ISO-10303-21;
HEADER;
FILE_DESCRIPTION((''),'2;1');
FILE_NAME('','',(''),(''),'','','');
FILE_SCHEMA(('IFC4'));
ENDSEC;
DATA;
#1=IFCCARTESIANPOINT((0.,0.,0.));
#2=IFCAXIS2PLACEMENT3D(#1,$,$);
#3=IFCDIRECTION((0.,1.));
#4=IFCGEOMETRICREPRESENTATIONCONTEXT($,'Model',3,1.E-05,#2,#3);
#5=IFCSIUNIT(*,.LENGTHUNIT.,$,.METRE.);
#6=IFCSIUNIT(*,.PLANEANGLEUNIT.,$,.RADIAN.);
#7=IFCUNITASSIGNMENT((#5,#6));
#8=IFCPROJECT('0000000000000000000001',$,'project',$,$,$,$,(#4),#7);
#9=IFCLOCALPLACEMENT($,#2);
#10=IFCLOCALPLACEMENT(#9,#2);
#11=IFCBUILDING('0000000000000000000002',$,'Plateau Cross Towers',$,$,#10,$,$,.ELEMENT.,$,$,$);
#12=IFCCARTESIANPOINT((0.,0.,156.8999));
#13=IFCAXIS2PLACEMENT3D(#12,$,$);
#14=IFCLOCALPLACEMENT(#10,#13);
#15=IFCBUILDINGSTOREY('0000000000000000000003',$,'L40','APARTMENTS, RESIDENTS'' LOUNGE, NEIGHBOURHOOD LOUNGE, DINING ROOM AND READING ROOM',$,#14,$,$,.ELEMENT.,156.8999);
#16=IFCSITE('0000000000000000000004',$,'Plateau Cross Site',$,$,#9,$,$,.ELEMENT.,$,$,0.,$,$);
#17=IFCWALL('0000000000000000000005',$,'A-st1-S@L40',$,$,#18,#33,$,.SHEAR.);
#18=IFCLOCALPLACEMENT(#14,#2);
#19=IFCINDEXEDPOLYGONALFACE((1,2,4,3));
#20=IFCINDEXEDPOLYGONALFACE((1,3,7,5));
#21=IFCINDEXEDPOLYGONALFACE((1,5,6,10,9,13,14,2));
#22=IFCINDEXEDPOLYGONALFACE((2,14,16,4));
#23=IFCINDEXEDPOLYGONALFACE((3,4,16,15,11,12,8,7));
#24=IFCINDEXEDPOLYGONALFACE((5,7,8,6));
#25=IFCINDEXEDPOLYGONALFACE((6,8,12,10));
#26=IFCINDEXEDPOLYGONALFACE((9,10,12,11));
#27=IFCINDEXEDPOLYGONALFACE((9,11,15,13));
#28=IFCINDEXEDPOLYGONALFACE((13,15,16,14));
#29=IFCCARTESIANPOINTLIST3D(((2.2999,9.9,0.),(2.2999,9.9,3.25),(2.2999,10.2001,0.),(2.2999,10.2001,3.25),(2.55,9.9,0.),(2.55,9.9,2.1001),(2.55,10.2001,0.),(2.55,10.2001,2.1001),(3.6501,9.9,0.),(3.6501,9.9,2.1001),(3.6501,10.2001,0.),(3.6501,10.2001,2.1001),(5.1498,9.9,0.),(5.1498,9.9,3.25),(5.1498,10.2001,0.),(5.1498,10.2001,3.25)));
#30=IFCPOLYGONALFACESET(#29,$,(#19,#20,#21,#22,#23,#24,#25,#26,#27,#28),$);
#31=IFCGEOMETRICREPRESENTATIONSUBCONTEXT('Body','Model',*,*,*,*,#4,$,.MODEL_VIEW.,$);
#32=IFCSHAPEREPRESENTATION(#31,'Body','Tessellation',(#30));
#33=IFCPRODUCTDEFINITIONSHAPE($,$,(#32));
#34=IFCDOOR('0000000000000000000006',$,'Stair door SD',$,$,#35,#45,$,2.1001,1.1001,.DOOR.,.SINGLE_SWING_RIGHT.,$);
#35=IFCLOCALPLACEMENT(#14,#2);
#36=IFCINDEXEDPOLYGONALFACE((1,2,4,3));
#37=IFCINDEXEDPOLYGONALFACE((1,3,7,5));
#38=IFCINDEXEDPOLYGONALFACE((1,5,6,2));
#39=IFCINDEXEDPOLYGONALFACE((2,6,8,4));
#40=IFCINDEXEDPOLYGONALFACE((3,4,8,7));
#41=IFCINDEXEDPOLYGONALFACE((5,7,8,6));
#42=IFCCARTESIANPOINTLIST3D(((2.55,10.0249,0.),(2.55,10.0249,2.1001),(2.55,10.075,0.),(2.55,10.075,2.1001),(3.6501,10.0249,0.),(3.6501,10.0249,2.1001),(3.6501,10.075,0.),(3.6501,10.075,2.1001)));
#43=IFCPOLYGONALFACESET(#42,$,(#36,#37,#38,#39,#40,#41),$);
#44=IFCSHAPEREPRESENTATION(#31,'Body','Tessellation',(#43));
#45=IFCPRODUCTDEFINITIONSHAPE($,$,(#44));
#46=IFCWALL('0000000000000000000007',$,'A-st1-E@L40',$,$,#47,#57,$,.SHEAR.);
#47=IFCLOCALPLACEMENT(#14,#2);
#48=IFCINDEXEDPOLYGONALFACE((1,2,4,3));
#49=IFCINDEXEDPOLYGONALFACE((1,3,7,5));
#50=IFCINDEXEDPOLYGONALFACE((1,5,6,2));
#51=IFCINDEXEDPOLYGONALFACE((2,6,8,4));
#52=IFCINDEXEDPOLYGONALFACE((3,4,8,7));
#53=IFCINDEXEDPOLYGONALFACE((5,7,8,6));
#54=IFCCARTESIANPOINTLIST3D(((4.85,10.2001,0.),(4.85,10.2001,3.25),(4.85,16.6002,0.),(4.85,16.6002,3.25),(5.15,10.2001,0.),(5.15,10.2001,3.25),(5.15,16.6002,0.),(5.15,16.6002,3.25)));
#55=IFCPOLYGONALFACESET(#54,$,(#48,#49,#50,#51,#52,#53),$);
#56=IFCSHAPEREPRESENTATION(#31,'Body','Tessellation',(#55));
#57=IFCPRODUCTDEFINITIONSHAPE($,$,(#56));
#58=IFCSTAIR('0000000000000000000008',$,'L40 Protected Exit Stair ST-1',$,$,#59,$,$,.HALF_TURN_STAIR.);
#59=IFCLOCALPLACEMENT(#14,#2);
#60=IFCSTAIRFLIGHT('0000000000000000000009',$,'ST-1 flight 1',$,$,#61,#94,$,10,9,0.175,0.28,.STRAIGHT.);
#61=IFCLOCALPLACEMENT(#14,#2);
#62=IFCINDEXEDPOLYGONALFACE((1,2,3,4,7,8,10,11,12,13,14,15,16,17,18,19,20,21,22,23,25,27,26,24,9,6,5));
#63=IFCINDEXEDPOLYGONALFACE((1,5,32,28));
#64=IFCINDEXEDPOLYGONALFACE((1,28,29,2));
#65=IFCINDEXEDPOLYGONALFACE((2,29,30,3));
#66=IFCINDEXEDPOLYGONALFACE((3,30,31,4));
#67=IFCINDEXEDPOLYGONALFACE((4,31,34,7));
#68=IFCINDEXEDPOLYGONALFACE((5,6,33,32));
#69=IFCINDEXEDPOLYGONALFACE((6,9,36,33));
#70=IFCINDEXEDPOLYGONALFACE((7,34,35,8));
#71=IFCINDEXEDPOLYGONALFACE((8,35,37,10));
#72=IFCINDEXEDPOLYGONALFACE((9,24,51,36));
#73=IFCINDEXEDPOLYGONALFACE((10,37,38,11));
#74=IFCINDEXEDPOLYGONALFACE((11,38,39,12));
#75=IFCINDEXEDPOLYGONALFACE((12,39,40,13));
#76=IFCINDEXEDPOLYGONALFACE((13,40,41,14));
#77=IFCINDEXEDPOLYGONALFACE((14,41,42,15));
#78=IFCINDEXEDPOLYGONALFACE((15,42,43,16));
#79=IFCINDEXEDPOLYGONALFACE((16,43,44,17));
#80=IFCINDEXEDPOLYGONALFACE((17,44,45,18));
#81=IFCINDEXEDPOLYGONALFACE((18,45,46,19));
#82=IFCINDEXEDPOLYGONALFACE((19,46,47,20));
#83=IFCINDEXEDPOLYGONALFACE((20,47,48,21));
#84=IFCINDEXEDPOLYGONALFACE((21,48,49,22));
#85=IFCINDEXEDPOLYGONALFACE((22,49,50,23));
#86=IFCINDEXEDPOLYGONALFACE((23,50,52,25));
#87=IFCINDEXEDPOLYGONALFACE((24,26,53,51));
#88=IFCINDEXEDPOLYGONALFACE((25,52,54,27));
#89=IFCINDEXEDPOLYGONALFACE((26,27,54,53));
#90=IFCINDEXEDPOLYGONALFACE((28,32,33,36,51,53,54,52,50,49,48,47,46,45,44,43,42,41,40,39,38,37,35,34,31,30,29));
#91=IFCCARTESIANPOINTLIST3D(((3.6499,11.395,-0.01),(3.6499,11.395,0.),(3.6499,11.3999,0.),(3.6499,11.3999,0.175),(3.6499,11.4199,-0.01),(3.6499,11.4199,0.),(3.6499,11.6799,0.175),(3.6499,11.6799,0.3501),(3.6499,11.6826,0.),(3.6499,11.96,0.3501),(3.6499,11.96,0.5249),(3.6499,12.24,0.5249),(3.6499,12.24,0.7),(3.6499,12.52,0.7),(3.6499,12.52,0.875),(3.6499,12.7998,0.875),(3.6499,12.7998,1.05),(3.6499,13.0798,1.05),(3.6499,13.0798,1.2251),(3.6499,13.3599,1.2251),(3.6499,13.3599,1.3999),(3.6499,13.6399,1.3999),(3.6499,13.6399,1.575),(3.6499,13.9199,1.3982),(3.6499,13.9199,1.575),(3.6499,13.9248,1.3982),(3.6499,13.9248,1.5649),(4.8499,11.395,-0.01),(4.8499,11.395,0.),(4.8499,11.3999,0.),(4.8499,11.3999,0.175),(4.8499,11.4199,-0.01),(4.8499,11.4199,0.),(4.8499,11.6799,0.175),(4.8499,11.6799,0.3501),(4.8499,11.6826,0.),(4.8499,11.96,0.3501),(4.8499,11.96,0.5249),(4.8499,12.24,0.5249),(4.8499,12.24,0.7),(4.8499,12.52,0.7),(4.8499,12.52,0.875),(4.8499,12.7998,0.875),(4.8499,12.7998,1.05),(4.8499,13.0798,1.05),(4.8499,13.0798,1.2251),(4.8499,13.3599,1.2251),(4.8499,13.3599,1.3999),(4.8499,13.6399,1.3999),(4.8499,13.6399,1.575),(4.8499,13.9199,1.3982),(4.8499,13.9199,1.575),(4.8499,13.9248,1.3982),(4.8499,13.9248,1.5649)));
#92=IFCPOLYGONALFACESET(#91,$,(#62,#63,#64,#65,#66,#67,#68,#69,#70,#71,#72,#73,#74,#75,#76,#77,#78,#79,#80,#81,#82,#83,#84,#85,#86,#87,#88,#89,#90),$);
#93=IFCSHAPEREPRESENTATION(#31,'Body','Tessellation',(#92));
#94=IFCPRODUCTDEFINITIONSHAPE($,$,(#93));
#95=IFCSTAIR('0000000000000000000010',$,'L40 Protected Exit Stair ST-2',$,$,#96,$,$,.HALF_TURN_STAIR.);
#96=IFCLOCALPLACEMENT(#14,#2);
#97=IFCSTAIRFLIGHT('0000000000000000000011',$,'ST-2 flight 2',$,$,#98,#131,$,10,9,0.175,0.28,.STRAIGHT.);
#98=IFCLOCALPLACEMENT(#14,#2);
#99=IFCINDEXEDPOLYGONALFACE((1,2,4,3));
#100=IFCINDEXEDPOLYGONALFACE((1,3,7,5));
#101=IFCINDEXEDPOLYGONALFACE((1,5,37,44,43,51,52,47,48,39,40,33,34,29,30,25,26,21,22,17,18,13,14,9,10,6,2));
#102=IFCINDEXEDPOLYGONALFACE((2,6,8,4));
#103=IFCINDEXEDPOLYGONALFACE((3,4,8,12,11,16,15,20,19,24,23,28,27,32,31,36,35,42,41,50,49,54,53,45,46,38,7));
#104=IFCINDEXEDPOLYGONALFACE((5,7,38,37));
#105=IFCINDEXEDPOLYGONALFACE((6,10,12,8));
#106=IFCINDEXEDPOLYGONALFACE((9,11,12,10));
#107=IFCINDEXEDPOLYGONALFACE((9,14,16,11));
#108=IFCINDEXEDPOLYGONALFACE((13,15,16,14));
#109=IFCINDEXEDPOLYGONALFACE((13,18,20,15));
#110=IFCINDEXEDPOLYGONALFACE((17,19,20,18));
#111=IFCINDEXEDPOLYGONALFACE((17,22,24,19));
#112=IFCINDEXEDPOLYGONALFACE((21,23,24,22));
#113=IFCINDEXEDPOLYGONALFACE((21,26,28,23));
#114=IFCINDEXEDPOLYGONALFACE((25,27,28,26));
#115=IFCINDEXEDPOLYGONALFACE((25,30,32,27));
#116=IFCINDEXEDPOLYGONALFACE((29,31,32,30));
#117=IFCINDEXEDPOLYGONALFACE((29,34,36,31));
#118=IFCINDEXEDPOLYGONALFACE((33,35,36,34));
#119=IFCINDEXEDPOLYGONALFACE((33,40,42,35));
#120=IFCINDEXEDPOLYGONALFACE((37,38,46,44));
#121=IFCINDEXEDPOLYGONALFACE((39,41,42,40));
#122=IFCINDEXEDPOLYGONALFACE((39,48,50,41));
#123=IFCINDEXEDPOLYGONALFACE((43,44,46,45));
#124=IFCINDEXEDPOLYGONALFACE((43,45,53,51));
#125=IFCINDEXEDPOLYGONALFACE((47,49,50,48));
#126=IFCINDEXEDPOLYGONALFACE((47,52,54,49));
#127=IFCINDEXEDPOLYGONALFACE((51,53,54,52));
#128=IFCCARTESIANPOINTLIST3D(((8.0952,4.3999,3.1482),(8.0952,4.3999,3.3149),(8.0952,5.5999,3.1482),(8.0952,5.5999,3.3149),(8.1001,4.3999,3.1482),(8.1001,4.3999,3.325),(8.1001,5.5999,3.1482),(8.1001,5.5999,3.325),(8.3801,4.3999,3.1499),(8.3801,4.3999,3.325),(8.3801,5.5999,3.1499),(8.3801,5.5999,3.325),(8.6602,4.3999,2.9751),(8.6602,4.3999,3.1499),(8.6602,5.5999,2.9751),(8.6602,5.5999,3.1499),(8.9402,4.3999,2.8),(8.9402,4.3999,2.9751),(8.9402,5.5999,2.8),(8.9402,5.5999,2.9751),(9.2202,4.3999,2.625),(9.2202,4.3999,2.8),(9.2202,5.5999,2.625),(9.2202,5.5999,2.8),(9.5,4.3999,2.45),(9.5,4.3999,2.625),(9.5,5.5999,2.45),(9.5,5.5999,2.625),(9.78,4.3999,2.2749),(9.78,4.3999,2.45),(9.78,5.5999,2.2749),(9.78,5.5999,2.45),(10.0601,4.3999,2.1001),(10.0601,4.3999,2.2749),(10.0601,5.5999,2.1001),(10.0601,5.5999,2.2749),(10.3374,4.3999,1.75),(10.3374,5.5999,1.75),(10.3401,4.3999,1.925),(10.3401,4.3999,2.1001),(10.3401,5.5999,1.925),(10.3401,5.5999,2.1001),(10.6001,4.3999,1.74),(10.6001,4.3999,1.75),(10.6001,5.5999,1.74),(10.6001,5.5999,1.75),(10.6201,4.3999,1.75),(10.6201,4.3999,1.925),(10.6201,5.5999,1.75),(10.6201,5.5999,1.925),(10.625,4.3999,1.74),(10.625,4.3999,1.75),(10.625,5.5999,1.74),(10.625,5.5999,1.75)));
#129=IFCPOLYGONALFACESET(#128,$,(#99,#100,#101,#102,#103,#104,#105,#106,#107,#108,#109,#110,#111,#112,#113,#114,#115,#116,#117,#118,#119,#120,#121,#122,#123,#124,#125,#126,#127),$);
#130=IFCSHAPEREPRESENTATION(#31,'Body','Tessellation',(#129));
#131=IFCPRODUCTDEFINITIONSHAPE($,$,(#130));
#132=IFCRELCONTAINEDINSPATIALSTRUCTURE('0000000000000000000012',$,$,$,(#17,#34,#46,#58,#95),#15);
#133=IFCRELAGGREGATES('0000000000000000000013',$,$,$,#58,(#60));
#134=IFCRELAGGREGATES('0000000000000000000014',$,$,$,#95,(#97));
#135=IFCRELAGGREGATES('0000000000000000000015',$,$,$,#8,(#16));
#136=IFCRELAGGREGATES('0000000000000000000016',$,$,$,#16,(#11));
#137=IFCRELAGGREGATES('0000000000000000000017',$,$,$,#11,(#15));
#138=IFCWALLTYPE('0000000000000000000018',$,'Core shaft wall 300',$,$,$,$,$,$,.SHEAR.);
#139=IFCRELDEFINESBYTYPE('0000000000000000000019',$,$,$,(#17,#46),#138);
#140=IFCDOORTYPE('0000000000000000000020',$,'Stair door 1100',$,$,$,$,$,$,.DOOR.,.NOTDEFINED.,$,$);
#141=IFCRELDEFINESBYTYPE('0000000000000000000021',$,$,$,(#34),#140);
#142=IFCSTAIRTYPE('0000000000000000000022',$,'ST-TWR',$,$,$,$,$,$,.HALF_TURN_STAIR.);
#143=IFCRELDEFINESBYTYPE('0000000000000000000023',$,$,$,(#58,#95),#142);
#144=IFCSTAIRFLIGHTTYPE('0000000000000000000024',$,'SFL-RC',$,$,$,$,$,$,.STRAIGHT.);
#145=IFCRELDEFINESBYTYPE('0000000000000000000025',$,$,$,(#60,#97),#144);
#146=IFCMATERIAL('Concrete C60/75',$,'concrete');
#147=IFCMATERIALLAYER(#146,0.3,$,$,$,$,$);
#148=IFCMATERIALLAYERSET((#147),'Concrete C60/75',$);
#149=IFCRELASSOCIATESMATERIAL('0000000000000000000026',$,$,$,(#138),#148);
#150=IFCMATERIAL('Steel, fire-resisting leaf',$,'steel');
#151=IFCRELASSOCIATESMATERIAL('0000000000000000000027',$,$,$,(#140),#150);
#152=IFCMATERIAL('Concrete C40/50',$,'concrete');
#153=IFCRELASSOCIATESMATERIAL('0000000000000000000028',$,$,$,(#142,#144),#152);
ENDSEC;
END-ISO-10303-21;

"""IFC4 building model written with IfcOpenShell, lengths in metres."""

from ifc_helpers import new_model, si_unit, direction, frame, frame_2d, origin, place, context, subcontext, project, spatial, polyline, rectangle, outline, extrude, material, layer, layer_set, type_object, element, fill, aggregate, save


model = new_model("IFC4")

# Units and contexts
model_context = context("Model", 3, precision=1e-05, world=origin(), true_north=direction((0.0, 1.0)))
body_context = subcontext(model_context, "Body", "Model", "MODEL_VIEW")
ifc_project = project(units=[si_unit("LENGTHUNIT", "METRE"), si_unit("PLANEANGLEUNIT", "RADIAN")], contexts=[model_context])

# Site, building, storey
site_placement = place(None, origin())
site = spatial("IfcSite", under=ifc_project, at=site_placement, Name="Plateau Cross Site", CompositionType="ELEMENT", RefElevation=0.0)
building_placement = place(site_placement, origin())
building = spatial("IfcBuilding", under=site, at=building_placement, Name="Plateau Cross Towers", CompositionType="ELEMENT")
storey_placement = place(building_placement, frame((0.0, 0.0, 156.8999)))
storey = spatial("IfcBuildingStorey", under=building, at=storey_placement, Name="L40", Description="APARTMENTS, RESIDENTS' LOUNGE, NEIGHBOURHOOD LOUNGE, DINING ROOM AND READING ROOM", CompositionType="ELEMENT", Elevation=156.8999)

# Shared definitions
ifc_material_1 = material(Name="Steel, fire-resisting leaf", Category="steel")

# Shared definitions
ifc_material_2 = material(Name="Concrete C60/75", Category="concrete")
ifc_layer_1 = layer(ifc_material_2, 0.3)
ifc_layer_set_1 = layer_set([ifc_layer_1], Name="Concrete C60/75")
wall_type_1 = type_object("IfcWallType", Name="Core shaft wall 300", PredefinedType="SHEAR", material=ifc_layer_set_1)
door_type_1 = type_object("IfcDoorType", Name="Stair door 1100", OperationType="NOTDEFINED", PredefinedType="DOOR", material=ifc_material_1)

# Wall, opening, door
wall_1_placement = place(storey_placement, frame((2.3, 10.05, 0.0), z_axis=(0.0, 0.0, 1.0), x_axis=(1.0, 0.0, 0.0)))
wall_1 = element("IfcWall", 1, at=wall_1_placement, inside=storey, type_object=wall_type_1, Name="A-st1-S@L40", PredefinedType="SHEAR", context=body_context, shape_type="SweptSolid", body=[
    extrude(rectangle(XDim=2.8499, YDim=0.3, at=frame_2d((1.4248, 0.0))), origin(), (0.0, 0.0, 1.0), 3.25),
])
opening_1_placement = place(wall_1_placement, frame((0.25, 0.0, 0.0)))
opening_1 = element("IfcOpeningElement", 2, at=opening_1_placement, cuts=wall_1, PredefinedType="OPENING", context=body_context, shape_type="SweptSolid", body=[
    extrude(rectangle(XDim=1.1001, YDim=2.1001, at=frame_2d((0.55, 1.05))), frame((0.0, 0.1599, 0.0), z_axis=(0.0, -1.0, 0.0), x_axis=(1.0, 0.0, 0.0)), (0.0, 0.0, 1.0), 0.3201),
])
door_1_placement = place(opening_1_placement, origin())
door_1 = element("IfcDoor", 3, at=door_1_placement, inside=storey, type_object=door_type_1, Name="Stair door SD", OperationType="SINGLE_SWING_RIGHT", OverallHeight=2.1001, OverallWidth=1.1001, PredefinedType="DOOR", context=body_context, shape_type="SweptSolid", body=[
    extrude(rectangle(XDim=1.1001, YDim=2.1001, at=frame_2d((0.55, 1.05))), frame((0.0, 0.0249, 0.0), z_axis=(0.0, -1.0, 0.0), x_axis=(1.0, 0.0, 0.0)), (0.0, 0.0, 1.0), 0.05),
])
fill(opening_1, door_1)

# Wall
wall_2_placement = place(storey_placement, frame((5.0, 10.2, 0.0), z_axis=(0.0, 0.0, 1.0), x_axis=(0.0, 1.0, 0.0)))
element("IfcWall", 4, at=wall_2_placement, inside=storey, type_object=wall_type_1, Name="A-st1-E@L40", PredefinedType="SHEAR", context=body_context, shape_type="SweptSolid", body=[
    extrude(rectangle(XDim=6.4001, YDim=0.3, at=frame_2d((3.2002, 0.0))), origin(), (0.0, 0.0, 1.0), 3.25),
])

# Stairs, stair flights
ifc_material_3 = material(Name="Concrete C40/50", Category="concrete")
stair_type = type_object("IfcStairType", Name="ST-TWR", PredefinedType="HALF_TURN_STAIR", material=ifc_material_3)
stair_1_placement = place(storey_placement, origin())
stair_1 = element("IfcStair", 5, at=stair_1_placement, inside=storey, type_object=stair_type, Name="L40 Protected Exit Stair ST-1", PredefinedType="HALF_TURN_STAIR")
stair_flight_type = type_object("IfcStairFlightType", Name="SFL-RC", PredefinedType="STRAIGHT", material=ifc_material_3)
stair_flight_1_placement = place(storey_placement, frame((4.25, 11.3999, 0.0), z_axis=(0.0, 0.0, 1.0), x_axis=(0.0, 1.0, 0.0)))
stair_flight_1 = element("IfcStairFlight", 6, at=stair_flight_1_placement, type_object=stair_flight_type, Name="ST-1 flight 1", NumberOfRisers=10, NumberOfTreads=9, PredefinedType="STRAIGHT", RiserHeight=0.175, TreadLength=0.28, context=body_context, shape_type="SweptSolid", body=[
    extrude(outline(polyline([(-0.0049, -0.01), (-0.0049, 0.0), (0.0, 0.0), (0.0, 0.175), (0.28, 0.175), (0.28, 0.3501), (0.5601, 0.3501), (0.5601, 0.5249), (0.8401, 0.5249), (0.8401, 0.7), (1.1201, 0.7), (1.1201, 0.875), (1.3999, 0.875), (1.3999, 1.05), (1.6799, 1.05), (1.6799, 1.2251), (1.96, 1.2251), (1.96, 1.3999), (2.24, 1.3999), (2.24, 1.575), (2.52, 1.575), (2.5249, 1.5649), (2.5249, 1.3982), (2.52, 1.3982), (0.2827, 0.0), (0.02, 0.0), (0.02, -0.01), (-0.0049, -0.01)])), frame((0.0, 0.6001, 0.0), z_axis=(0.0, -1.0, 0.0), x_axis=(1.0, 0.0, 0.0)), (0.0, 0.0, 1.0), 1.2),
])
aggregate(stair_1, [stair_flight_1])
stair_2_placement = place(storey_placement, origin())
stair_2 = element("IfcStair", 7, at=stair_2_placement, inside=storey, type_object=stair_type, Name="L40 Protected Exit Stair ST-2", PredefinedType="HALF_TURN_STAIR")
stair_flight_2_placement = place(storey_placement, frame((10.6201, 5.0, 1.75), z_axis=(0.0, 0.0, 1.0), x_axis=(-1.0, 0.0, 0.0)))
stair_flight_2 = element("IfcStairFlight", 8, at=stair_flight_2_placement, type_object=stair_flight_type, Name="ST-2 flight 2", NumberOfRisers=10, NumberOfTreads=9, PredefinedType="STRAIGHT", RiserHeight=0.175, TreadLength=0.28, context=body_context, shape_type="SweptSolid", body=[
    extrude(outline(polyline([(-0.0049, -0.01), (-0.0049, 0.0), (0.0, 0.0), (0.0, 0.175), (0.28, 0.175), (0.28, 0.3501), (0.5601, 0.3501), (0.5601, 0.5249), (0.8401, 0.5249), (0.8401, 0.7), (1.1201, 0.7), (1.1201, 0.875), (1.3999, 0.875), (1.3999, 1.05), (1.6799, 1.05), (1.6799, 1.2251), (1.96, 1.2251), (1.96, 1.3999), (2.24, 1.3999), (2.24, 1.575), (2.52, 1.575), (2.5249, 1.5649), (2.5249, 1.3982), (2.52, 1.3982), (0.2827, 0.0), (0.02, 0.0), (0.02, -0.01), (-0.0049, -0.01)])), frame((0.0, 0.6001, 0.0), z_axis=(0.0, -1.0, 0.0), x_axis=(1.0, 0.0, 0.0)), (0.0, 0.0, 1.0), 1.2),
])
aggregate(stair_2, [stair_flight_2])

save(model, "model.ifc")
